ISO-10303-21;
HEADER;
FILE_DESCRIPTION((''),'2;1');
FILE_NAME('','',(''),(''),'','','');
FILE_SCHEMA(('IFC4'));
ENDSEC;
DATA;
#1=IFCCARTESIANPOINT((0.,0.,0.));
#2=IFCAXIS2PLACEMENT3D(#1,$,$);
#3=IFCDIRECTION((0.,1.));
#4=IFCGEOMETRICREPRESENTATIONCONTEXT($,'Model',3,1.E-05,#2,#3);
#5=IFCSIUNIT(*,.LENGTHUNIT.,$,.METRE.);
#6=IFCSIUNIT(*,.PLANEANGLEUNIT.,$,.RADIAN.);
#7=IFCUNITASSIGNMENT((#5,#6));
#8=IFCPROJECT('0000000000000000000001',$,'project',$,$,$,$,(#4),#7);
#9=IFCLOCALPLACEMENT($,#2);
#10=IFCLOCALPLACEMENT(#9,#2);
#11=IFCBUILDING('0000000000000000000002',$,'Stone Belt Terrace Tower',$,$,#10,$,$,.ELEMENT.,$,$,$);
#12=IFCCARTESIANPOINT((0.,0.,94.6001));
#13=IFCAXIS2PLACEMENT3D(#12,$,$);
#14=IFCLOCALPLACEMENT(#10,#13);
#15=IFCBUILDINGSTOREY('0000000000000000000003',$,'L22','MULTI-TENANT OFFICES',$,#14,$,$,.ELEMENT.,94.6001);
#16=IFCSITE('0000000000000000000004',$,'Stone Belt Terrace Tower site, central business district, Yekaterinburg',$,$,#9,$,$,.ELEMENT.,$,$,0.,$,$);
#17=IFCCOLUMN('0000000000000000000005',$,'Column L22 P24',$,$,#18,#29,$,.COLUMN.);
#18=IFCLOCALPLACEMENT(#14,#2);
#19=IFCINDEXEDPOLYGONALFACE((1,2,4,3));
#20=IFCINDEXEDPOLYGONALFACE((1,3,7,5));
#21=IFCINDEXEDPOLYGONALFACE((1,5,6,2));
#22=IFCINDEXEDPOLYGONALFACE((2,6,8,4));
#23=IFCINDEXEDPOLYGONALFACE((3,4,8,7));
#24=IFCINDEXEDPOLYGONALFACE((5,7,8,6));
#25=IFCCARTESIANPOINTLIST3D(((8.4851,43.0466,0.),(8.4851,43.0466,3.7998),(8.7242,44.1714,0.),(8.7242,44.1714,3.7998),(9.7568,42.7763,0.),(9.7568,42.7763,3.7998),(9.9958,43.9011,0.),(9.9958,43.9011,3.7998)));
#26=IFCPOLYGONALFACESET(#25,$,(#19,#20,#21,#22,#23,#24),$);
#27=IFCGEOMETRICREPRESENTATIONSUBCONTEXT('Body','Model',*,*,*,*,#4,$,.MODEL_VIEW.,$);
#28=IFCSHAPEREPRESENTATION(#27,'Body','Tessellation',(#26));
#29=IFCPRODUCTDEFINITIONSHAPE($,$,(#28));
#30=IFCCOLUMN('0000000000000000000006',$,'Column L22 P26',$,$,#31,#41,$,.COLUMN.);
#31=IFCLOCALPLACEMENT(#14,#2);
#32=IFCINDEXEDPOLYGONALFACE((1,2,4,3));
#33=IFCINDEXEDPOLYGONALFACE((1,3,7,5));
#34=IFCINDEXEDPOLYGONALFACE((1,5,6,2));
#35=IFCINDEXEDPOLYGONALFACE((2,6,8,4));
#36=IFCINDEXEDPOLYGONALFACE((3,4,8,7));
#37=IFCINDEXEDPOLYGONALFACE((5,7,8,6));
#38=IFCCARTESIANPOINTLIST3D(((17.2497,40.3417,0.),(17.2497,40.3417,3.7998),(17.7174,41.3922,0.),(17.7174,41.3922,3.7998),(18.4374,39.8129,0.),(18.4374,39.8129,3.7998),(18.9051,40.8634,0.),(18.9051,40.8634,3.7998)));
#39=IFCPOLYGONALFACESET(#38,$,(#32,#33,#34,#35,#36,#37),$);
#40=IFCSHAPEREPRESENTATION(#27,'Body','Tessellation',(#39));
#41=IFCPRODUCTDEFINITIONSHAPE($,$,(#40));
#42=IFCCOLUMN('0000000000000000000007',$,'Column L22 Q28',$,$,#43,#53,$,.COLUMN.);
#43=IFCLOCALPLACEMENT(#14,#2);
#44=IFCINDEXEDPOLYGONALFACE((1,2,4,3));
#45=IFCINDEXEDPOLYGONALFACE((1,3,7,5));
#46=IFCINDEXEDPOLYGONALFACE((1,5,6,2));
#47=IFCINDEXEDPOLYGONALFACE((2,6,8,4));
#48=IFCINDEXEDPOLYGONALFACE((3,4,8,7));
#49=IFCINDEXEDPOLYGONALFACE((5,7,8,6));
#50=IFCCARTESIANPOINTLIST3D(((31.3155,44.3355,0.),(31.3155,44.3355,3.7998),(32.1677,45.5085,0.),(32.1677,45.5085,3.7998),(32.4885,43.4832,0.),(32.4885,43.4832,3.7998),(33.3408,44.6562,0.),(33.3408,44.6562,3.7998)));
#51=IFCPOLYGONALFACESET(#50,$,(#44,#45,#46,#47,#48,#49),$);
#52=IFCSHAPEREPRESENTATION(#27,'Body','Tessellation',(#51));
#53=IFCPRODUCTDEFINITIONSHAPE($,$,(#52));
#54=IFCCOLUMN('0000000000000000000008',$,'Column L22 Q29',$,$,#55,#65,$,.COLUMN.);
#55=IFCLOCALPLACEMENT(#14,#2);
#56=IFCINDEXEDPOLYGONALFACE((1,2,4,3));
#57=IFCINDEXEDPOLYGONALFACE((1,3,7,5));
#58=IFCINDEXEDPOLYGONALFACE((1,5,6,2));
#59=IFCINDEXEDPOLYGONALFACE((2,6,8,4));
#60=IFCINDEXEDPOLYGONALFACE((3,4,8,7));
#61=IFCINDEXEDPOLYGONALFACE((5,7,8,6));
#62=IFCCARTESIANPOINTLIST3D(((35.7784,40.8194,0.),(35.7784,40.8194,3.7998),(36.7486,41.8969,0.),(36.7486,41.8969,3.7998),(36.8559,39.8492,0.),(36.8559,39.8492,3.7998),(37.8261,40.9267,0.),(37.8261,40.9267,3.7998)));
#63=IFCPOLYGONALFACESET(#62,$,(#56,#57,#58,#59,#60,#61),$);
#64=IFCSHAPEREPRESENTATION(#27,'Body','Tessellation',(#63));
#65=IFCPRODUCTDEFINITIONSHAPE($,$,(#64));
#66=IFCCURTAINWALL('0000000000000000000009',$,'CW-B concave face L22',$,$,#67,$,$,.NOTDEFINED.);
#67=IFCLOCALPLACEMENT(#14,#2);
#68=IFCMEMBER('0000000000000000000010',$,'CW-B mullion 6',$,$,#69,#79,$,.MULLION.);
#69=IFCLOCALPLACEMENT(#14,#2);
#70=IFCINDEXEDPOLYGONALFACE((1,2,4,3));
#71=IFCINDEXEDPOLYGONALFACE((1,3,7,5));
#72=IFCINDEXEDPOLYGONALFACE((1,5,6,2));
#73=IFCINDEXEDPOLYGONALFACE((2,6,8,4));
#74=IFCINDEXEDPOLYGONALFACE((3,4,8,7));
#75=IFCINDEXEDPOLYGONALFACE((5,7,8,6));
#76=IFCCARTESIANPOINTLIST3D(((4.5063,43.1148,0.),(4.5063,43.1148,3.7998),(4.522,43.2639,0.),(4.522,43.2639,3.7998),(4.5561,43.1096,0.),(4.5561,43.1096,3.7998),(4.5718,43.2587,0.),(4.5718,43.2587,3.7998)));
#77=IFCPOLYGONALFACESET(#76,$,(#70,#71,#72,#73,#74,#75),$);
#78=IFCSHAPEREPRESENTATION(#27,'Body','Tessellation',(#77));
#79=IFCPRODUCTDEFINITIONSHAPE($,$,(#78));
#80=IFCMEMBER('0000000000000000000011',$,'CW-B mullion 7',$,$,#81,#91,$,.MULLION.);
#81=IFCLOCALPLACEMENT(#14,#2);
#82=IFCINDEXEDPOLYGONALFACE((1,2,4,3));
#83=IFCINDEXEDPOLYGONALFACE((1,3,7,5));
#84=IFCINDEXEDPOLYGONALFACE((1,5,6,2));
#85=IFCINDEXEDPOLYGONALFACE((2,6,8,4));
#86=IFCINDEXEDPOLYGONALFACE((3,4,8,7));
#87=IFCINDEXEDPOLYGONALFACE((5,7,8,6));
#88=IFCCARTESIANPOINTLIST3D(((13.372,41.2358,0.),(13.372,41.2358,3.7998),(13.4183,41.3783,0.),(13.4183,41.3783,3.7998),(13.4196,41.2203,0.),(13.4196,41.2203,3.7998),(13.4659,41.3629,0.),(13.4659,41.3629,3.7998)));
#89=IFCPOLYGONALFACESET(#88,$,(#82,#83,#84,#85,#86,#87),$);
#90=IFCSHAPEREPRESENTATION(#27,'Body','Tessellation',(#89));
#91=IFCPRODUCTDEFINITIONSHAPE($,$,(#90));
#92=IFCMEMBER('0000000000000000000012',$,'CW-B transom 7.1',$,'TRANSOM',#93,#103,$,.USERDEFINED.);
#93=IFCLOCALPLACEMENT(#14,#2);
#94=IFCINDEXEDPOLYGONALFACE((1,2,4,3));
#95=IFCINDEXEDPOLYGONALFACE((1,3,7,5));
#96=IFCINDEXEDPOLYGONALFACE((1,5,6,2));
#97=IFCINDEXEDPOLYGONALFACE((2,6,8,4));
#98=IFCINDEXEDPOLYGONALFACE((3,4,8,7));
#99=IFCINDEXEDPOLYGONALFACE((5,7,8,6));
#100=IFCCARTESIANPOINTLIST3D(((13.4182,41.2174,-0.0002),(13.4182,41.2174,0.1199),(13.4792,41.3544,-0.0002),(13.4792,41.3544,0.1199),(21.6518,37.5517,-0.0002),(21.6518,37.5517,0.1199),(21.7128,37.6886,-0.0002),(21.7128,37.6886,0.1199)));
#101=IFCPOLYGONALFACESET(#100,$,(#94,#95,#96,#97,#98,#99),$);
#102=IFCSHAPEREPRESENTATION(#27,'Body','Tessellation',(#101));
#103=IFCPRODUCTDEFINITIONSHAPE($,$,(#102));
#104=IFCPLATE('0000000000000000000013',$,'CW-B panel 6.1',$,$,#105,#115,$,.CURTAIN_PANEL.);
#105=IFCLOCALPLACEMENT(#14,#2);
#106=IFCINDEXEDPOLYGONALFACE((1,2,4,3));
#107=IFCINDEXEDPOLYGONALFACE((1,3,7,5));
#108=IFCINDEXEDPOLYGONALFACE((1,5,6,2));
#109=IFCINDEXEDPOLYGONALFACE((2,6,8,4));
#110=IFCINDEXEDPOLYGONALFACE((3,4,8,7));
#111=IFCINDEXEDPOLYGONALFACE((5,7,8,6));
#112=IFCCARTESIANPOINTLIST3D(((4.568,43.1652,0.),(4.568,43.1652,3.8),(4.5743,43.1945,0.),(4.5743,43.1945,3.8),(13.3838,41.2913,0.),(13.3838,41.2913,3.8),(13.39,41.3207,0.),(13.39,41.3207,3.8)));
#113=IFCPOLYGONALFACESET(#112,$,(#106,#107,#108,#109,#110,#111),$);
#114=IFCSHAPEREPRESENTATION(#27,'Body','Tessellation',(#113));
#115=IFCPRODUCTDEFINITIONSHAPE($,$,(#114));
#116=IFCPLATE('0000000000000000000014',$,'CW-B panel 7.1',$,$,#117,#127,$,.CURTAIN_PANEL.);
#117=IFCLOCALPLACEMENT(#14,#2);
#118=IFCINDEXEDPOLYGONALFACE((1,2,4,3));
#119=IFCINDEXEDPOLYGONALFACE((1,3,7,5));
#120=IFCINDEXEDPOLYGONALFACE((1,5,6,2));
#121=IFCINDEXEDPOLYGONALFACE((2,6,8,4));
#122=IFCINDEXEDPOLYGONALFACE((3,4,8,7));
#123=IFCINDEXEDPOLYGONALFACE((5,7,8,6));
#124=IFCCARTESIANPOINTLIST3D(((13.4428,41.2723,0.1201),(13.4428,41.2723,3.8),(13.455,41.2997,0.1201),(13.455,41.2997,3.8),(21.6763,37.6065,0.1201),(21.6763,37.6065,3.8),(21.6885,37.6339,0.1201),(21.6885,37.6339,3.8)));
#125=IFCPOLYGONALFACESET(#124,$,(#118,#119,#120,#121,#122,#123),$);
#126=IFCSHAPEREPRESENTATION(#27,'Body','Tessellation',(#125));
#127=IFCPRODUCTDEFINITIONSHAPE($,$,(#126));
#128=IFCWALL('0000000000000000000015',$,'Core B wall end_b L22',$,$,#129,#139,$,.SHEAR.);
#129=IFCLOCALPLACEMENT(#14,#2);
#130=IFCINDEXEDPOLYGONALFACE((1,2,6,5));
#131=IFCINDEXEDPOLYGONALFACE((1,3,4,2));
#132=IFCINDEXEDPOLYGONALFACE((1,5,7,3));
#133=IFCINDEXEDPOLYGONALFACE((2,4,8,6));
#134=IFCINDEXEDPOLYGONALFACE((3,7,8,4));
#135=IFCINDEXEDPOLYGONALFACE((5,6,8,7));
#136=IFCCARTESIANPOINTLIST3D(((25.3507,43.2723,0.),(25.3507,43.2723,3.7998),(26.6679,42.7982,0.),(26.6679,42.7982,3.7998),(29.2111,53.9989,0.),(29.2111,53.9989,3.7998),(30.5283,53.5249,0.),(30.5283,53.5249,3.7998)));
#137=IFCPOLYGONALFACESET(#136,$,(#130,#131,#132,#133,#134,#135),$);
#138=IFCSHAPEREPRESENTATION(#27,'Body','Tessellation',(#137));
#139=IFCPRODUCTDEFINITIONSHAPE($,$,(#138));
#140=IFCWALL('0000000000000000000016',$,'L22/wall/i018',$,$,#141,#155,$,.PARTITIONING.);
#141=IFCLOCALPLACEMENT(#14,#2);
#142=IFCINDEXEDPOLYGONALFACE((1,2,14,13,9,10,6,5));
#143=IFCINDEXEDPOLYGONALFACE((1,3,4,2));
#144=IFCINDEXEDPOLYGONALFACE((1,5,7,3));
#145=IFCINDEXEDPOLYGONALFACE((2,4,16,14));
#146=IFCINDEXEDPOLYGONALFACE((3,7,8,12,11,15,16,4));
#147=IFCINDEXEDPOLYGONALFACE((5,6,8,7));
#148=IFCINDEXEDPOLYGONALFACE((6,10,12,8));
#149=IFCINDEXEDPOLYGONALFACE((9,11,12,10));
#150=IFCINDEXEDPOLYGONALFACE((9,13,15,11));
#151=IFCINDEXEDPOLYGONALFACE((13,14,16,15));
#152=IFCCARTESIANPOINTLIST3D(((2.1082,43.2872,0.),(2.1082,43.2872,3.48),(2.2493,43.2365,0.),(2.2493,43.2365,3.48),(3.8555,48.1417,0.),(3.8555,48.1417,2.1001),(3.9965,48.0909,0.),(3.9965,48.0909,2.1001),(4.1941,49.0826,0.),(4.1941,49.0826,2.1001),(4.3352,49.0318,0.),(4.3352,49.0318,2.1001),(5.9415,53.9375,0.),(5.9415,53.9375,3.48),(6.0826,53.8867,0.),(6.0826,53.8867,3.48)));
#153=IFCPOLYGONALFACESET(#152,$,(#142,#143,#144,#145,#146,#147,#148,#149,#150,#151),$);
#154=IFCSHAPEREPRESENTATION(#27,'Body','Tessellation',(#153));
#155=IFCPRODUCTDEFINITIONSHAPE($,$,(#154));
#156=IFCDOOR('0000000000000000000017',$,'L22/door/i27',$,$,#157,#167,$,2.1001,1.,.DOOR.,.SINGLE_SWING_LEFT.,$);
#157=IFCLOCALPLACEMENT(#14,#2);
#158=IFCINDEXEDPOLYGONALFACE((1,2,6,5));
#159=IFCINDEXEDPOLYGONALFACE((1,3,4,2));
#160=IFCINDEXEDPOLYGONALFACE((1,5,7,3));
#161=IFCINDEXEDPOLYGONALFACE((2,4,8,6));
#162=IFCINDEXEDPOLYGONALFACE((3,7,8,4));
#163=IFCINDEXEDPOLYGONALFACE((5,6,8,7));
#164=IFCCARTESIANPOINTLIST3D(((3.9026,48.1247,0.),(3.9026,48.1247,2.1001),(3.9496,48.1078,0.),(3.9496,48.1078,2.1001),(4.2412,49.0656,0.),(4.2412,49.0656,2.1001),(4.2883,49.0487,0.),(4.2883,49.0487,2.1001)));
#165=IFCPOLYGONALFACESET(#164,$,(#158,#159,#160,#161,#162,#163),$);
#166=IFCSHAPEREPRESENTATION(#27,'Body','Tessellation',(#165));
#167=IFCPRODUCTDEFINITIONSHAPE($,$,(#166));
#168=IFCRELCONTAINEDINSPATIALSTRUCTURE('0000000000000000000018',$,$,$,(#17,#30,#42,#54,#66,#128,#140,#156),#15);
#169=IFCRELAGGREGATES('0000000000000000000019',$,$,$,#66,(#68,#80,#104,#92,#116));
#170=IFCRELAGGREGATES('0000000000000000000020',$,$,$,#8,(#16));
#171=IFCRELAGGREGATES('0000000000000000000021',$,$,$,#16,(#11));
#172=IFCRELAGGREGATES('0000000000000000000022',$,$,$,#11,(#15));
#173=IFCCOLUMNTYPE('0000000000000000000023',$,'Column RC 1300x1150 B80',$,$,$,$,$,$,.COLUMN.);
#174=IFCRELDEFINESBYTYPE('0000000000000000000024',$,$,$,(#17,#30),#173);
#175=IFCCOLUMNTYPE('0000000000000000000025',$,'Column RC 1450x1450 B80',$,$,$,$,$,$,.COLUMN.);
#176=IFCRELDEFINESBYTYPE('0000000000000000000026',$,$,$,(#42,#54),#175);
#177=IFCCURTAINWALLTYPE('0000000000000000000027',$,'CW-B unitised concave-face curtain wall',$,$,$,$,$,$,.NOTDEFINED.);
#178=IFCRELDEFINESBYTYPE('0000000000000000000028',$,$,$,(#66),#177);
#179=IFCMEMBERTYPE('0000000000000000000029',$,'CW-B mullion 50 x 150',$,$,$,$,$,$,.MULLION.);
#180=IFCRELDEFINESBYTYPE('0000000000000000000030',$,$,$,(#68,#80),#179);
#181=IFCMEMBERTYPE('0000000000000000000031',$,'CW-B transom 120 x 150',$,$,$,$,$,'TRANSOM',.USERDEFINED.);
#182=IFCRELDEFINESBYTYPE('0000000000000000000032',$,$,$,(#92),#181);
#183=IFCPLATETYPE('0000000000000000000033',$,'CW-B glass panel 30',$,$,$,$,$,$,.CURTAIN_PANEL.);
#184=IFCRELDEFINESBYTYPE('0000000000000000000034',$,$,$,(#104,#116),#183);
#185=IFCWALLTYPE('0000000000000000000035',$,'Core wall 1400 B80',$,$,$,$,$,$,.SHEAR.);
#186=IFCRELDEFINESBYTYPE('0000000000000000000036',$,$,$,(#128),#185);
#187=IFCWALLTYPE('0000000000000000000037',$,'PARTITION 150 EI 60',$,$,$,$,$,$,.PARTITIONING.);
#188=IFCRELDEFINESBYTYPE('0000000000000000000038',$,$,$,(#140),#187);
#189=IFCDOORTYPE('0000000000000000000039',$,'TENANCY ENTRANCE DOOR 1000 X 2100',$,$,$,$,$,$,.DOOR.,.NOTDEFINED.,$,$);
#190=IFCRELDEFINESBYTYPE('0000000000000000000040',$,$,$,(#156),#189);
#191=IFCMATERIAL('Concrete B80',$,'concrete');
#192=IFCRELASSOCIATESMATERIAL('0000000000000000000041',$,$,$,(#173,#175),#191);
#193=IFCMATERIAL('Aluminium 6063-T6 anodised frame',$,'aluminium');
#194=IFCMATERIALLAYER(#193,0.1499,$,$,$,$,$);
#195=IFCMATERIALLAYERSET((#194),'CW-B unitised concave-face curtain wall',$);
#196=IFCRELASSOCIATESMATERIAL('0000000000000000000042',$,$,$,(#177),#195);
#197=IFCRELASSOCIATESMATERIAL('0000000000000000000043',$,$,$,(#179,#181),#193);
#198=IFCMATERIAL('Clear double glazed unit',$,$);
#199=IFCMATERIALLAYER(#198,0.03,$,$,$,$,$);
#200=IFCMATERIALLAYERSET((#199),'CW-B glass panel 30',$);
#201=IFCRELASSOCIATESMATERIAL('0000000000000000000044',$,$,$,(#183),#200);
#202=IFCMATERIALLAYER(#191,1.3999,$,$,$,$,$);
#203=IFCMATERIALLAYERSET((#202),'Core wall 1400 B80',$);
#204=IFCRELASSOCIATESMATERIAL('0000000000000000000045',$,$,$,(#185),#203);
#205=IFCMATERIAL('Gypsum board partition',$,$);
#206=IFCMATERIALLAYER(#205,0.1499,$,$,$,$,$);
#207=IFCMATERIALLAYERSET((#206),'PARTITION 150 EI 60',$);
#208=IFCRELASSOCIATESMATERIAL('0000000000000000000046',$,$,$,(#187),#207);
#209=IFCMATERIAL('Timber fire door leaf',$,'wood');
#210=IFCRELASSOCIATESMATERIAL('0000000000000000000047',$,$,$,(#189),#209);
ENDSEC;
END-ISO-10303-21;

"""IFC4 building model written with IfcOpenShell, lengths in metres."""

from ifc_helpers import new_model, si_unit, direction, frame, frame_2d, origin, origin_2d, place, context, subcontext, project, spatial, rectangle, extrude, material, layer, layer_set, material_profile, profile_set, type_object, element, fill, aggregate, save


model = new_model("IFC4")

# Units and contexts
model_context = context("Model", 3, precision=1e-05, world=origin(), true_north=direction((0.0, 1.0)))
body_context = subcontext(model_context, "Body", "Model", "MODEL_VIEW")
ifc_project = project(units=[si_unit("LENGTHUNIT", "METRE"), si_unit("PLANEANGLEUNIT", "RADIAN")], contexts=[model_context])

# Site, building, storey
site_placement = place(None, origin())
site = spatial("IfcSite", under=ifc_project, at=site_placement, Name="Stone Belt Terrace Tower site, central business district, Yekaterinburg", CompositionType="ELEMENT", RefElevation=0.0)
building_placement = place(site_placement, origin())
building = spatial("IfcBuilding", under=site, at=building_placement, Name="Stone Belt Terrace Tower", CompositionType="ELEMENT")
storey_placement = place(building_placement, frame((0.0, 0.0, 94.6001)))
storey = spatial("IfcBuildingStorey", under=building, at=storey_placement, Name="L22", Description="MULTI-TENANT OFFICES", CompositionType="ELEMENT", Elevation=94.6001)

# Columns
ifc_material_1 = material(Name="Concrete B80", Category="concrete")
ifc_material_profile_1 = material_profile(ifc_material_1, rectangle(XDim=1.3, YDim=1.1499, at=origin_2d()), Name="RC 1300x1150")
ifc_profile_set_1 = profile_set([ifc_material_profile_1], Name="Concrete B80")
column_type_1 = type_object("IfcColumnType", Name="Column RC 1300x1150 B80", PredefinedType="COLUMN", material=ifc_profile_set_1)
for number, where, z_axis, x_axis, name in (
    (1, (9.2405, 43.4739, 0.0), (0.0, 0.0, 1.0), (0.978148, -0.207912, 0.0), "Column L22 P24"),
    (2, (18.0774, 40.6025, 0.0), (0.0, 0.0, 1.0), (0.913545, -0.406737, 0.0), "Column L22 P26"),
):
    element("IfcColumn", number, at=place(storey_placement, frame(where, z_axis=z_axis, x_axis=x_axis)), inside=storey, type_object=column_type_1, Name=name, PredefinedType="COLUMN", context=body_context, shape_type="SweptSolid", body=[
        extrude(rectangle(XDim=1.3, YDim=1.1499, at=origin_2d()), origin(), (0.0, 0.0, 1.0), 3.7998),
    ])
ifc_material_profile_2 = material_profile(ifc_material_1, rectangle(XDim=1.45, YDim=1.45, at=origin_2d()), Name="RC 1450x1450")
ifc_profile_set_2 = profile_set([ifc_material_profile_2], Name="Concrete B80")
column_type_2 = type_object("IfcColumnType", Name="Column RC 1450x1450 B80", PredefinedType="COLUMN", material=ifc_profile_set_2)
for number, where, z_axis, x_axis, name in (
    (3, (32.3281, 44.4958, 0.0), (0.0, 0.0, 1.0), (0.809017, -0.587785, 0.0), "Column L22 Q28"),
    (4, (36.8022, 40.873, 0.0), (0.0, 0.0, 1.0), (0.743145, -0.669131, 0.0), "Column L22 Q29"),
):
    element("IfcColumn", number, at=place(storey_placement, frame(where, z_axis=z_axis, x_axis=x_axis)), inside=storey, type_object=column_type_2, Name=name, PredefinedType="COLUMN", context=body_context, shape_type="SweptSolid", body=[
        extrude(rectangle(XDim=1.45, YDim=1.45, at=origin_2d()), origin(), (0.0, 0.0, 1.0), 3.7998),
    ])

# Curtain wall, members, plates
ifc_material_2 = material(Name="Aluminium 6063-T6 anodised frame", Category="aluminium")
ifc_layer_1 = layer(ifc_material_2, 0.1499)
ifc_layer_set_1 = layer_set([ifc_layer_1], Name="CW-B unitised concave-face curtain wall")
curtain_wall_type = type_object("IfcCurtainWallType", Name="CW-B unitised concave-face curtain wall", PredefinedType="NOTDEFINED", material=ifc_layer_set_1)
curtain_wall_placement = place(storey_placement, origin())
curtain_wall = element("IfcCurtainWall", 5, at=curtain_wall_placement, inside=storey, type_object=curtain_wall_type, Name="CW-B concave face L22", PredefinedType="NOTDEFINED")
ifc_material_profile_3 = material_profile(ifc_material_2, rectangle(XDim=0.1499, YDim=0.05, at=origin_2d()), Name="Aluminium 6063-T6 50x150")
ifc_profile_set_3 = profile_set([ifc_material_profile_3], Name="Aluminium 6063-T6 anodised frame")
member_type_1 = type_object("IfcMemberType", Name="CW-B mullion 50 x 150", PredefinedType="MULLION", material=ifc_profile_set_3)
member_1_placement = place(storey_placement, frame((4.5391, 43.1868, 0.0), z_axis=(0.0, 0.0, 1.0), x_axis=(0.104528, 0.994522, 0.0)))
member_1 = element("IfcMember", 6, at=member_1_placement, type_object=member_type_1, Name="CW-B mullion 6", PredefinedType="MULLION", context=body_context, shape_type="SweptSolid", body=[
    extrude(rectangle(XDim=0.1499, YDim=0.05, at=origin_2d()), origin(), (0.0, 0.0, 1.0), 3.7998),
])
member_2_placement = place(storey_placement, frame((13.4189, 41.2993, 0.0), z_axis=(0.0, 0.0, 1.0), x_axis=(0.309017, 0.951057, 0.0)))
member_2 = element("IfcMember", 7, at=member_2_placement, type_object=member_type_1, Name="CW-B mullion 7", PredefinedType="MULLION", context=body_context, shape_type="SweptSolid", body=[
    extrude(rectangle(XDim=0.1499, YDim=0.05, at=origin_2d()), origin(), (0.0, 0.0, 1.0), 3.7998),
])
ifc_material_profile_4 = material_profile(ifc_material_2, rectangle(XDim=0.1499, YDim=0.1201, at=origin_2d()), Name="Aluminium 6063-T6 150x120")
ifc_profile_set_4 = profile_set([ifc_material_profile_4], Name="Aluminium 6063-T6 anodised frame")
member_type_2 = type_object("IfcMemberType", Name="CW-B transom 120 x 150", ElementType="TRANSOM", PredefinedType="USERDEFINED", material=ifc_profile_set_4)
member_3_placement = place(storey_placement, frame((13.4487, 41.2859, 0.0598), z_axis=(0.913549, -0.406729, 0.0), x_axis=(0.406729, 0.913549, 0.0)))
member_3 = element("IfcMember", 8, at=member_3_placement, type_object=member_type_2, Name="CW-B transom 7.1", ObjectType="TRANSOM", PredefinedType="USERDEFINED", context=body_context, shape_type="SweptSolid", body=[
    extrude(rectangle(XDim=0.1499, YDim=0.1201, at=origin_2d()), origin(), (0.0, 0.0, 1.0), 9.0127),
])
ifc_material_3 = material(Name="Clear double glazed unit")
ifc_layer_2 = layer(ifc_material_3, 0.03)
ifc_layer_set_2 = layer_set([ifc_layer_2], Name="CW-B glass panel 30")
plate_type = type_object("IfcPlateType", Name="CW-B glass panel 30", PredefinedType="CURTAIN_PANEL", material=ifc_layer_set_2)
plate_1_placement = place(storey_placement, frame((8.979, 42.2429, 0.0), z_axis=(0.0, 0.0, 1.0), x_axis=(0.978148, -0.207912, 0.0)))
plate_1 = element("IfcPlate", 9, at=plate_1_placement, type_object=plate_type, Name="CW-B panel 6.1", PredefinedType="CURTAIN_PANEL", context=body_context, shape_type="SweptSolid", body=[
    extrude(rectangle(XDim=9.0127, YDim=0.03, at=origin_2d()), origin(), (0.0, 0.0, 1.0), 3.8),
])
plate_2_placement = place(storey_placement, frame((17.5657, 39.4531, 0.1201), z_axis=(0.0, 0.0, 1.0), x_axis=(0.913545, -0.406737, 0.0)))
plate_2 = element("IfcPlate", 10, at=plate_2_placement, type_object=plate_type, Name="CW-B panel 7.1", PredefinedType="CURTAIN_PANEL", context=body_context, shape_type="SweptSolid", body=[
    extrude(rectangle(XDim=9.0127, YDim=0.03, at=origin_2d()), origin(), (0.0, 0.0, 1.0), 3.6799),
])
aggregate(curtain_wall, [member_1, member_2, plate_1, member_3, plate_2])

# Wall
ifc_layer_3 = layer(ifc_material_1, 1.3999)
ifc_layer_set_3 = layer_set([ifc_layer_3], Name="Core wall 1400 B80")
wall_type_1 = type_object("IfcWallType", Name="Core wall 1400 B80", PredefinedType="SHEAR", material=ifc_layer_set_3)
wall_1_placement = place(storey_placement, frame((26.0093, 43.0352, 0.0), z_axis=(0.0, 0.0, 1.0), x_axis=(0.338625, 0.940921, 0.0)))
element("IfcWall", 11, at=wall_1_placement, inside=storey, type_object=wall_type_1, Name="Core B wall end_b L22", PredefinedType="SHEAR", context=body_context, shape_type="SweptSolid", body=[
    extrude(rectangle(XDim=11.4001, YDim=1.3999, at=frame_2d((5.7002, 0.0))), origin(), (0.0, 0.0, 1.0), 3.7998),
])

# Wall, opening, door
ifc_material_4 = material(Name="Gypsum board partition")
ifc_layer_4 = layer(ifc_material_4, 0.1499)
ifc_layer_set_4 = layer_set([ifc_layer_4], Name="PARTITION 150 EI 60")
wall_type_2 = type_object("IfcWallType", Name="PARTITION 150 EI 60", PredefinedType="PARTITIONING", material=ifc_layer_set_4)
wall_2_placement = place(storey_placement, frame((2.1787, 43.2617, 0.0), z_axis=(0.0, 0.0, 1.0), x_axis=(0.338657, 0.94091, 0.0)))
wall_2 = element("IfcWall", 12, at=wall_2_placement, inside=storey, type_object=wall_type_2, Name="L22/wall/i018", PredefinedType="PARTITIONING", context=body_context, shape_type="SweptSolid", body=[
    extrude(rectangle(XDim=11.3191, YDim=0.1499, at=frame_2d((5.6597, 0.0))), origin(), (0.0, 0.0, 1.0), 3.48),
])
opening_1_placement = place(wall_2_placement, frame((5.1594, 0.0, 0.0)))
opening_1 = element("IfcOpeningElement", 13, at=opening_1_placement, cuts=wall_2, PredefinedType="OPENING", context=body_context, shape_type="SweptSolid", body=[
    extrude(rectangle(XDim=1.0, YDim=2.1001, at=frame_2d((0.5, 1.05))), frame((0.0, 0.085, 0.0), z_axis=(0.0, -1.0, 0.0), x_axis=(1.0, 0.0, 0.0)), (0.0, 0.0, 1.0), 0.1699),
])
ifc_material_5 = material(Name="Timber fire door leaf", Category="wood")
door_type_1 = type_object("IfcDoorType", Name="TENANCY ENTRANCE DOOR 1000 X 2100", OperationType="NOTDEFINED", PredefinedType="DOOR", material=ifc_material_5)
door_1_placement = place(opening_1_placement, origin())
door_1 = element("IfcDoor", 14, at=door_1_placement, inside=storey, type_object=door_type_1, Name="L22/door/i27", OperationType="SINGLE_SWING_LEFT", OverallHeight=2.1001, OverallWidth=1.0, PredefinedType="DOOR", context=body_context, shape_type="SweptSolid", body=[
    extrude(rectangle(XDim=1.0, YDim=2.1001, at=frame_2d((0.5, 1.05))), frame((0.0, 0.0249, 0.0), z_axis=(0.0, -1.0, 0.0), x_axis=(1.0, 0.0, 0.0)), (0.0, 0.0, 1.0), 0.05),
])
fill(opening_1, door_1)

save(model, "model.ifc")
